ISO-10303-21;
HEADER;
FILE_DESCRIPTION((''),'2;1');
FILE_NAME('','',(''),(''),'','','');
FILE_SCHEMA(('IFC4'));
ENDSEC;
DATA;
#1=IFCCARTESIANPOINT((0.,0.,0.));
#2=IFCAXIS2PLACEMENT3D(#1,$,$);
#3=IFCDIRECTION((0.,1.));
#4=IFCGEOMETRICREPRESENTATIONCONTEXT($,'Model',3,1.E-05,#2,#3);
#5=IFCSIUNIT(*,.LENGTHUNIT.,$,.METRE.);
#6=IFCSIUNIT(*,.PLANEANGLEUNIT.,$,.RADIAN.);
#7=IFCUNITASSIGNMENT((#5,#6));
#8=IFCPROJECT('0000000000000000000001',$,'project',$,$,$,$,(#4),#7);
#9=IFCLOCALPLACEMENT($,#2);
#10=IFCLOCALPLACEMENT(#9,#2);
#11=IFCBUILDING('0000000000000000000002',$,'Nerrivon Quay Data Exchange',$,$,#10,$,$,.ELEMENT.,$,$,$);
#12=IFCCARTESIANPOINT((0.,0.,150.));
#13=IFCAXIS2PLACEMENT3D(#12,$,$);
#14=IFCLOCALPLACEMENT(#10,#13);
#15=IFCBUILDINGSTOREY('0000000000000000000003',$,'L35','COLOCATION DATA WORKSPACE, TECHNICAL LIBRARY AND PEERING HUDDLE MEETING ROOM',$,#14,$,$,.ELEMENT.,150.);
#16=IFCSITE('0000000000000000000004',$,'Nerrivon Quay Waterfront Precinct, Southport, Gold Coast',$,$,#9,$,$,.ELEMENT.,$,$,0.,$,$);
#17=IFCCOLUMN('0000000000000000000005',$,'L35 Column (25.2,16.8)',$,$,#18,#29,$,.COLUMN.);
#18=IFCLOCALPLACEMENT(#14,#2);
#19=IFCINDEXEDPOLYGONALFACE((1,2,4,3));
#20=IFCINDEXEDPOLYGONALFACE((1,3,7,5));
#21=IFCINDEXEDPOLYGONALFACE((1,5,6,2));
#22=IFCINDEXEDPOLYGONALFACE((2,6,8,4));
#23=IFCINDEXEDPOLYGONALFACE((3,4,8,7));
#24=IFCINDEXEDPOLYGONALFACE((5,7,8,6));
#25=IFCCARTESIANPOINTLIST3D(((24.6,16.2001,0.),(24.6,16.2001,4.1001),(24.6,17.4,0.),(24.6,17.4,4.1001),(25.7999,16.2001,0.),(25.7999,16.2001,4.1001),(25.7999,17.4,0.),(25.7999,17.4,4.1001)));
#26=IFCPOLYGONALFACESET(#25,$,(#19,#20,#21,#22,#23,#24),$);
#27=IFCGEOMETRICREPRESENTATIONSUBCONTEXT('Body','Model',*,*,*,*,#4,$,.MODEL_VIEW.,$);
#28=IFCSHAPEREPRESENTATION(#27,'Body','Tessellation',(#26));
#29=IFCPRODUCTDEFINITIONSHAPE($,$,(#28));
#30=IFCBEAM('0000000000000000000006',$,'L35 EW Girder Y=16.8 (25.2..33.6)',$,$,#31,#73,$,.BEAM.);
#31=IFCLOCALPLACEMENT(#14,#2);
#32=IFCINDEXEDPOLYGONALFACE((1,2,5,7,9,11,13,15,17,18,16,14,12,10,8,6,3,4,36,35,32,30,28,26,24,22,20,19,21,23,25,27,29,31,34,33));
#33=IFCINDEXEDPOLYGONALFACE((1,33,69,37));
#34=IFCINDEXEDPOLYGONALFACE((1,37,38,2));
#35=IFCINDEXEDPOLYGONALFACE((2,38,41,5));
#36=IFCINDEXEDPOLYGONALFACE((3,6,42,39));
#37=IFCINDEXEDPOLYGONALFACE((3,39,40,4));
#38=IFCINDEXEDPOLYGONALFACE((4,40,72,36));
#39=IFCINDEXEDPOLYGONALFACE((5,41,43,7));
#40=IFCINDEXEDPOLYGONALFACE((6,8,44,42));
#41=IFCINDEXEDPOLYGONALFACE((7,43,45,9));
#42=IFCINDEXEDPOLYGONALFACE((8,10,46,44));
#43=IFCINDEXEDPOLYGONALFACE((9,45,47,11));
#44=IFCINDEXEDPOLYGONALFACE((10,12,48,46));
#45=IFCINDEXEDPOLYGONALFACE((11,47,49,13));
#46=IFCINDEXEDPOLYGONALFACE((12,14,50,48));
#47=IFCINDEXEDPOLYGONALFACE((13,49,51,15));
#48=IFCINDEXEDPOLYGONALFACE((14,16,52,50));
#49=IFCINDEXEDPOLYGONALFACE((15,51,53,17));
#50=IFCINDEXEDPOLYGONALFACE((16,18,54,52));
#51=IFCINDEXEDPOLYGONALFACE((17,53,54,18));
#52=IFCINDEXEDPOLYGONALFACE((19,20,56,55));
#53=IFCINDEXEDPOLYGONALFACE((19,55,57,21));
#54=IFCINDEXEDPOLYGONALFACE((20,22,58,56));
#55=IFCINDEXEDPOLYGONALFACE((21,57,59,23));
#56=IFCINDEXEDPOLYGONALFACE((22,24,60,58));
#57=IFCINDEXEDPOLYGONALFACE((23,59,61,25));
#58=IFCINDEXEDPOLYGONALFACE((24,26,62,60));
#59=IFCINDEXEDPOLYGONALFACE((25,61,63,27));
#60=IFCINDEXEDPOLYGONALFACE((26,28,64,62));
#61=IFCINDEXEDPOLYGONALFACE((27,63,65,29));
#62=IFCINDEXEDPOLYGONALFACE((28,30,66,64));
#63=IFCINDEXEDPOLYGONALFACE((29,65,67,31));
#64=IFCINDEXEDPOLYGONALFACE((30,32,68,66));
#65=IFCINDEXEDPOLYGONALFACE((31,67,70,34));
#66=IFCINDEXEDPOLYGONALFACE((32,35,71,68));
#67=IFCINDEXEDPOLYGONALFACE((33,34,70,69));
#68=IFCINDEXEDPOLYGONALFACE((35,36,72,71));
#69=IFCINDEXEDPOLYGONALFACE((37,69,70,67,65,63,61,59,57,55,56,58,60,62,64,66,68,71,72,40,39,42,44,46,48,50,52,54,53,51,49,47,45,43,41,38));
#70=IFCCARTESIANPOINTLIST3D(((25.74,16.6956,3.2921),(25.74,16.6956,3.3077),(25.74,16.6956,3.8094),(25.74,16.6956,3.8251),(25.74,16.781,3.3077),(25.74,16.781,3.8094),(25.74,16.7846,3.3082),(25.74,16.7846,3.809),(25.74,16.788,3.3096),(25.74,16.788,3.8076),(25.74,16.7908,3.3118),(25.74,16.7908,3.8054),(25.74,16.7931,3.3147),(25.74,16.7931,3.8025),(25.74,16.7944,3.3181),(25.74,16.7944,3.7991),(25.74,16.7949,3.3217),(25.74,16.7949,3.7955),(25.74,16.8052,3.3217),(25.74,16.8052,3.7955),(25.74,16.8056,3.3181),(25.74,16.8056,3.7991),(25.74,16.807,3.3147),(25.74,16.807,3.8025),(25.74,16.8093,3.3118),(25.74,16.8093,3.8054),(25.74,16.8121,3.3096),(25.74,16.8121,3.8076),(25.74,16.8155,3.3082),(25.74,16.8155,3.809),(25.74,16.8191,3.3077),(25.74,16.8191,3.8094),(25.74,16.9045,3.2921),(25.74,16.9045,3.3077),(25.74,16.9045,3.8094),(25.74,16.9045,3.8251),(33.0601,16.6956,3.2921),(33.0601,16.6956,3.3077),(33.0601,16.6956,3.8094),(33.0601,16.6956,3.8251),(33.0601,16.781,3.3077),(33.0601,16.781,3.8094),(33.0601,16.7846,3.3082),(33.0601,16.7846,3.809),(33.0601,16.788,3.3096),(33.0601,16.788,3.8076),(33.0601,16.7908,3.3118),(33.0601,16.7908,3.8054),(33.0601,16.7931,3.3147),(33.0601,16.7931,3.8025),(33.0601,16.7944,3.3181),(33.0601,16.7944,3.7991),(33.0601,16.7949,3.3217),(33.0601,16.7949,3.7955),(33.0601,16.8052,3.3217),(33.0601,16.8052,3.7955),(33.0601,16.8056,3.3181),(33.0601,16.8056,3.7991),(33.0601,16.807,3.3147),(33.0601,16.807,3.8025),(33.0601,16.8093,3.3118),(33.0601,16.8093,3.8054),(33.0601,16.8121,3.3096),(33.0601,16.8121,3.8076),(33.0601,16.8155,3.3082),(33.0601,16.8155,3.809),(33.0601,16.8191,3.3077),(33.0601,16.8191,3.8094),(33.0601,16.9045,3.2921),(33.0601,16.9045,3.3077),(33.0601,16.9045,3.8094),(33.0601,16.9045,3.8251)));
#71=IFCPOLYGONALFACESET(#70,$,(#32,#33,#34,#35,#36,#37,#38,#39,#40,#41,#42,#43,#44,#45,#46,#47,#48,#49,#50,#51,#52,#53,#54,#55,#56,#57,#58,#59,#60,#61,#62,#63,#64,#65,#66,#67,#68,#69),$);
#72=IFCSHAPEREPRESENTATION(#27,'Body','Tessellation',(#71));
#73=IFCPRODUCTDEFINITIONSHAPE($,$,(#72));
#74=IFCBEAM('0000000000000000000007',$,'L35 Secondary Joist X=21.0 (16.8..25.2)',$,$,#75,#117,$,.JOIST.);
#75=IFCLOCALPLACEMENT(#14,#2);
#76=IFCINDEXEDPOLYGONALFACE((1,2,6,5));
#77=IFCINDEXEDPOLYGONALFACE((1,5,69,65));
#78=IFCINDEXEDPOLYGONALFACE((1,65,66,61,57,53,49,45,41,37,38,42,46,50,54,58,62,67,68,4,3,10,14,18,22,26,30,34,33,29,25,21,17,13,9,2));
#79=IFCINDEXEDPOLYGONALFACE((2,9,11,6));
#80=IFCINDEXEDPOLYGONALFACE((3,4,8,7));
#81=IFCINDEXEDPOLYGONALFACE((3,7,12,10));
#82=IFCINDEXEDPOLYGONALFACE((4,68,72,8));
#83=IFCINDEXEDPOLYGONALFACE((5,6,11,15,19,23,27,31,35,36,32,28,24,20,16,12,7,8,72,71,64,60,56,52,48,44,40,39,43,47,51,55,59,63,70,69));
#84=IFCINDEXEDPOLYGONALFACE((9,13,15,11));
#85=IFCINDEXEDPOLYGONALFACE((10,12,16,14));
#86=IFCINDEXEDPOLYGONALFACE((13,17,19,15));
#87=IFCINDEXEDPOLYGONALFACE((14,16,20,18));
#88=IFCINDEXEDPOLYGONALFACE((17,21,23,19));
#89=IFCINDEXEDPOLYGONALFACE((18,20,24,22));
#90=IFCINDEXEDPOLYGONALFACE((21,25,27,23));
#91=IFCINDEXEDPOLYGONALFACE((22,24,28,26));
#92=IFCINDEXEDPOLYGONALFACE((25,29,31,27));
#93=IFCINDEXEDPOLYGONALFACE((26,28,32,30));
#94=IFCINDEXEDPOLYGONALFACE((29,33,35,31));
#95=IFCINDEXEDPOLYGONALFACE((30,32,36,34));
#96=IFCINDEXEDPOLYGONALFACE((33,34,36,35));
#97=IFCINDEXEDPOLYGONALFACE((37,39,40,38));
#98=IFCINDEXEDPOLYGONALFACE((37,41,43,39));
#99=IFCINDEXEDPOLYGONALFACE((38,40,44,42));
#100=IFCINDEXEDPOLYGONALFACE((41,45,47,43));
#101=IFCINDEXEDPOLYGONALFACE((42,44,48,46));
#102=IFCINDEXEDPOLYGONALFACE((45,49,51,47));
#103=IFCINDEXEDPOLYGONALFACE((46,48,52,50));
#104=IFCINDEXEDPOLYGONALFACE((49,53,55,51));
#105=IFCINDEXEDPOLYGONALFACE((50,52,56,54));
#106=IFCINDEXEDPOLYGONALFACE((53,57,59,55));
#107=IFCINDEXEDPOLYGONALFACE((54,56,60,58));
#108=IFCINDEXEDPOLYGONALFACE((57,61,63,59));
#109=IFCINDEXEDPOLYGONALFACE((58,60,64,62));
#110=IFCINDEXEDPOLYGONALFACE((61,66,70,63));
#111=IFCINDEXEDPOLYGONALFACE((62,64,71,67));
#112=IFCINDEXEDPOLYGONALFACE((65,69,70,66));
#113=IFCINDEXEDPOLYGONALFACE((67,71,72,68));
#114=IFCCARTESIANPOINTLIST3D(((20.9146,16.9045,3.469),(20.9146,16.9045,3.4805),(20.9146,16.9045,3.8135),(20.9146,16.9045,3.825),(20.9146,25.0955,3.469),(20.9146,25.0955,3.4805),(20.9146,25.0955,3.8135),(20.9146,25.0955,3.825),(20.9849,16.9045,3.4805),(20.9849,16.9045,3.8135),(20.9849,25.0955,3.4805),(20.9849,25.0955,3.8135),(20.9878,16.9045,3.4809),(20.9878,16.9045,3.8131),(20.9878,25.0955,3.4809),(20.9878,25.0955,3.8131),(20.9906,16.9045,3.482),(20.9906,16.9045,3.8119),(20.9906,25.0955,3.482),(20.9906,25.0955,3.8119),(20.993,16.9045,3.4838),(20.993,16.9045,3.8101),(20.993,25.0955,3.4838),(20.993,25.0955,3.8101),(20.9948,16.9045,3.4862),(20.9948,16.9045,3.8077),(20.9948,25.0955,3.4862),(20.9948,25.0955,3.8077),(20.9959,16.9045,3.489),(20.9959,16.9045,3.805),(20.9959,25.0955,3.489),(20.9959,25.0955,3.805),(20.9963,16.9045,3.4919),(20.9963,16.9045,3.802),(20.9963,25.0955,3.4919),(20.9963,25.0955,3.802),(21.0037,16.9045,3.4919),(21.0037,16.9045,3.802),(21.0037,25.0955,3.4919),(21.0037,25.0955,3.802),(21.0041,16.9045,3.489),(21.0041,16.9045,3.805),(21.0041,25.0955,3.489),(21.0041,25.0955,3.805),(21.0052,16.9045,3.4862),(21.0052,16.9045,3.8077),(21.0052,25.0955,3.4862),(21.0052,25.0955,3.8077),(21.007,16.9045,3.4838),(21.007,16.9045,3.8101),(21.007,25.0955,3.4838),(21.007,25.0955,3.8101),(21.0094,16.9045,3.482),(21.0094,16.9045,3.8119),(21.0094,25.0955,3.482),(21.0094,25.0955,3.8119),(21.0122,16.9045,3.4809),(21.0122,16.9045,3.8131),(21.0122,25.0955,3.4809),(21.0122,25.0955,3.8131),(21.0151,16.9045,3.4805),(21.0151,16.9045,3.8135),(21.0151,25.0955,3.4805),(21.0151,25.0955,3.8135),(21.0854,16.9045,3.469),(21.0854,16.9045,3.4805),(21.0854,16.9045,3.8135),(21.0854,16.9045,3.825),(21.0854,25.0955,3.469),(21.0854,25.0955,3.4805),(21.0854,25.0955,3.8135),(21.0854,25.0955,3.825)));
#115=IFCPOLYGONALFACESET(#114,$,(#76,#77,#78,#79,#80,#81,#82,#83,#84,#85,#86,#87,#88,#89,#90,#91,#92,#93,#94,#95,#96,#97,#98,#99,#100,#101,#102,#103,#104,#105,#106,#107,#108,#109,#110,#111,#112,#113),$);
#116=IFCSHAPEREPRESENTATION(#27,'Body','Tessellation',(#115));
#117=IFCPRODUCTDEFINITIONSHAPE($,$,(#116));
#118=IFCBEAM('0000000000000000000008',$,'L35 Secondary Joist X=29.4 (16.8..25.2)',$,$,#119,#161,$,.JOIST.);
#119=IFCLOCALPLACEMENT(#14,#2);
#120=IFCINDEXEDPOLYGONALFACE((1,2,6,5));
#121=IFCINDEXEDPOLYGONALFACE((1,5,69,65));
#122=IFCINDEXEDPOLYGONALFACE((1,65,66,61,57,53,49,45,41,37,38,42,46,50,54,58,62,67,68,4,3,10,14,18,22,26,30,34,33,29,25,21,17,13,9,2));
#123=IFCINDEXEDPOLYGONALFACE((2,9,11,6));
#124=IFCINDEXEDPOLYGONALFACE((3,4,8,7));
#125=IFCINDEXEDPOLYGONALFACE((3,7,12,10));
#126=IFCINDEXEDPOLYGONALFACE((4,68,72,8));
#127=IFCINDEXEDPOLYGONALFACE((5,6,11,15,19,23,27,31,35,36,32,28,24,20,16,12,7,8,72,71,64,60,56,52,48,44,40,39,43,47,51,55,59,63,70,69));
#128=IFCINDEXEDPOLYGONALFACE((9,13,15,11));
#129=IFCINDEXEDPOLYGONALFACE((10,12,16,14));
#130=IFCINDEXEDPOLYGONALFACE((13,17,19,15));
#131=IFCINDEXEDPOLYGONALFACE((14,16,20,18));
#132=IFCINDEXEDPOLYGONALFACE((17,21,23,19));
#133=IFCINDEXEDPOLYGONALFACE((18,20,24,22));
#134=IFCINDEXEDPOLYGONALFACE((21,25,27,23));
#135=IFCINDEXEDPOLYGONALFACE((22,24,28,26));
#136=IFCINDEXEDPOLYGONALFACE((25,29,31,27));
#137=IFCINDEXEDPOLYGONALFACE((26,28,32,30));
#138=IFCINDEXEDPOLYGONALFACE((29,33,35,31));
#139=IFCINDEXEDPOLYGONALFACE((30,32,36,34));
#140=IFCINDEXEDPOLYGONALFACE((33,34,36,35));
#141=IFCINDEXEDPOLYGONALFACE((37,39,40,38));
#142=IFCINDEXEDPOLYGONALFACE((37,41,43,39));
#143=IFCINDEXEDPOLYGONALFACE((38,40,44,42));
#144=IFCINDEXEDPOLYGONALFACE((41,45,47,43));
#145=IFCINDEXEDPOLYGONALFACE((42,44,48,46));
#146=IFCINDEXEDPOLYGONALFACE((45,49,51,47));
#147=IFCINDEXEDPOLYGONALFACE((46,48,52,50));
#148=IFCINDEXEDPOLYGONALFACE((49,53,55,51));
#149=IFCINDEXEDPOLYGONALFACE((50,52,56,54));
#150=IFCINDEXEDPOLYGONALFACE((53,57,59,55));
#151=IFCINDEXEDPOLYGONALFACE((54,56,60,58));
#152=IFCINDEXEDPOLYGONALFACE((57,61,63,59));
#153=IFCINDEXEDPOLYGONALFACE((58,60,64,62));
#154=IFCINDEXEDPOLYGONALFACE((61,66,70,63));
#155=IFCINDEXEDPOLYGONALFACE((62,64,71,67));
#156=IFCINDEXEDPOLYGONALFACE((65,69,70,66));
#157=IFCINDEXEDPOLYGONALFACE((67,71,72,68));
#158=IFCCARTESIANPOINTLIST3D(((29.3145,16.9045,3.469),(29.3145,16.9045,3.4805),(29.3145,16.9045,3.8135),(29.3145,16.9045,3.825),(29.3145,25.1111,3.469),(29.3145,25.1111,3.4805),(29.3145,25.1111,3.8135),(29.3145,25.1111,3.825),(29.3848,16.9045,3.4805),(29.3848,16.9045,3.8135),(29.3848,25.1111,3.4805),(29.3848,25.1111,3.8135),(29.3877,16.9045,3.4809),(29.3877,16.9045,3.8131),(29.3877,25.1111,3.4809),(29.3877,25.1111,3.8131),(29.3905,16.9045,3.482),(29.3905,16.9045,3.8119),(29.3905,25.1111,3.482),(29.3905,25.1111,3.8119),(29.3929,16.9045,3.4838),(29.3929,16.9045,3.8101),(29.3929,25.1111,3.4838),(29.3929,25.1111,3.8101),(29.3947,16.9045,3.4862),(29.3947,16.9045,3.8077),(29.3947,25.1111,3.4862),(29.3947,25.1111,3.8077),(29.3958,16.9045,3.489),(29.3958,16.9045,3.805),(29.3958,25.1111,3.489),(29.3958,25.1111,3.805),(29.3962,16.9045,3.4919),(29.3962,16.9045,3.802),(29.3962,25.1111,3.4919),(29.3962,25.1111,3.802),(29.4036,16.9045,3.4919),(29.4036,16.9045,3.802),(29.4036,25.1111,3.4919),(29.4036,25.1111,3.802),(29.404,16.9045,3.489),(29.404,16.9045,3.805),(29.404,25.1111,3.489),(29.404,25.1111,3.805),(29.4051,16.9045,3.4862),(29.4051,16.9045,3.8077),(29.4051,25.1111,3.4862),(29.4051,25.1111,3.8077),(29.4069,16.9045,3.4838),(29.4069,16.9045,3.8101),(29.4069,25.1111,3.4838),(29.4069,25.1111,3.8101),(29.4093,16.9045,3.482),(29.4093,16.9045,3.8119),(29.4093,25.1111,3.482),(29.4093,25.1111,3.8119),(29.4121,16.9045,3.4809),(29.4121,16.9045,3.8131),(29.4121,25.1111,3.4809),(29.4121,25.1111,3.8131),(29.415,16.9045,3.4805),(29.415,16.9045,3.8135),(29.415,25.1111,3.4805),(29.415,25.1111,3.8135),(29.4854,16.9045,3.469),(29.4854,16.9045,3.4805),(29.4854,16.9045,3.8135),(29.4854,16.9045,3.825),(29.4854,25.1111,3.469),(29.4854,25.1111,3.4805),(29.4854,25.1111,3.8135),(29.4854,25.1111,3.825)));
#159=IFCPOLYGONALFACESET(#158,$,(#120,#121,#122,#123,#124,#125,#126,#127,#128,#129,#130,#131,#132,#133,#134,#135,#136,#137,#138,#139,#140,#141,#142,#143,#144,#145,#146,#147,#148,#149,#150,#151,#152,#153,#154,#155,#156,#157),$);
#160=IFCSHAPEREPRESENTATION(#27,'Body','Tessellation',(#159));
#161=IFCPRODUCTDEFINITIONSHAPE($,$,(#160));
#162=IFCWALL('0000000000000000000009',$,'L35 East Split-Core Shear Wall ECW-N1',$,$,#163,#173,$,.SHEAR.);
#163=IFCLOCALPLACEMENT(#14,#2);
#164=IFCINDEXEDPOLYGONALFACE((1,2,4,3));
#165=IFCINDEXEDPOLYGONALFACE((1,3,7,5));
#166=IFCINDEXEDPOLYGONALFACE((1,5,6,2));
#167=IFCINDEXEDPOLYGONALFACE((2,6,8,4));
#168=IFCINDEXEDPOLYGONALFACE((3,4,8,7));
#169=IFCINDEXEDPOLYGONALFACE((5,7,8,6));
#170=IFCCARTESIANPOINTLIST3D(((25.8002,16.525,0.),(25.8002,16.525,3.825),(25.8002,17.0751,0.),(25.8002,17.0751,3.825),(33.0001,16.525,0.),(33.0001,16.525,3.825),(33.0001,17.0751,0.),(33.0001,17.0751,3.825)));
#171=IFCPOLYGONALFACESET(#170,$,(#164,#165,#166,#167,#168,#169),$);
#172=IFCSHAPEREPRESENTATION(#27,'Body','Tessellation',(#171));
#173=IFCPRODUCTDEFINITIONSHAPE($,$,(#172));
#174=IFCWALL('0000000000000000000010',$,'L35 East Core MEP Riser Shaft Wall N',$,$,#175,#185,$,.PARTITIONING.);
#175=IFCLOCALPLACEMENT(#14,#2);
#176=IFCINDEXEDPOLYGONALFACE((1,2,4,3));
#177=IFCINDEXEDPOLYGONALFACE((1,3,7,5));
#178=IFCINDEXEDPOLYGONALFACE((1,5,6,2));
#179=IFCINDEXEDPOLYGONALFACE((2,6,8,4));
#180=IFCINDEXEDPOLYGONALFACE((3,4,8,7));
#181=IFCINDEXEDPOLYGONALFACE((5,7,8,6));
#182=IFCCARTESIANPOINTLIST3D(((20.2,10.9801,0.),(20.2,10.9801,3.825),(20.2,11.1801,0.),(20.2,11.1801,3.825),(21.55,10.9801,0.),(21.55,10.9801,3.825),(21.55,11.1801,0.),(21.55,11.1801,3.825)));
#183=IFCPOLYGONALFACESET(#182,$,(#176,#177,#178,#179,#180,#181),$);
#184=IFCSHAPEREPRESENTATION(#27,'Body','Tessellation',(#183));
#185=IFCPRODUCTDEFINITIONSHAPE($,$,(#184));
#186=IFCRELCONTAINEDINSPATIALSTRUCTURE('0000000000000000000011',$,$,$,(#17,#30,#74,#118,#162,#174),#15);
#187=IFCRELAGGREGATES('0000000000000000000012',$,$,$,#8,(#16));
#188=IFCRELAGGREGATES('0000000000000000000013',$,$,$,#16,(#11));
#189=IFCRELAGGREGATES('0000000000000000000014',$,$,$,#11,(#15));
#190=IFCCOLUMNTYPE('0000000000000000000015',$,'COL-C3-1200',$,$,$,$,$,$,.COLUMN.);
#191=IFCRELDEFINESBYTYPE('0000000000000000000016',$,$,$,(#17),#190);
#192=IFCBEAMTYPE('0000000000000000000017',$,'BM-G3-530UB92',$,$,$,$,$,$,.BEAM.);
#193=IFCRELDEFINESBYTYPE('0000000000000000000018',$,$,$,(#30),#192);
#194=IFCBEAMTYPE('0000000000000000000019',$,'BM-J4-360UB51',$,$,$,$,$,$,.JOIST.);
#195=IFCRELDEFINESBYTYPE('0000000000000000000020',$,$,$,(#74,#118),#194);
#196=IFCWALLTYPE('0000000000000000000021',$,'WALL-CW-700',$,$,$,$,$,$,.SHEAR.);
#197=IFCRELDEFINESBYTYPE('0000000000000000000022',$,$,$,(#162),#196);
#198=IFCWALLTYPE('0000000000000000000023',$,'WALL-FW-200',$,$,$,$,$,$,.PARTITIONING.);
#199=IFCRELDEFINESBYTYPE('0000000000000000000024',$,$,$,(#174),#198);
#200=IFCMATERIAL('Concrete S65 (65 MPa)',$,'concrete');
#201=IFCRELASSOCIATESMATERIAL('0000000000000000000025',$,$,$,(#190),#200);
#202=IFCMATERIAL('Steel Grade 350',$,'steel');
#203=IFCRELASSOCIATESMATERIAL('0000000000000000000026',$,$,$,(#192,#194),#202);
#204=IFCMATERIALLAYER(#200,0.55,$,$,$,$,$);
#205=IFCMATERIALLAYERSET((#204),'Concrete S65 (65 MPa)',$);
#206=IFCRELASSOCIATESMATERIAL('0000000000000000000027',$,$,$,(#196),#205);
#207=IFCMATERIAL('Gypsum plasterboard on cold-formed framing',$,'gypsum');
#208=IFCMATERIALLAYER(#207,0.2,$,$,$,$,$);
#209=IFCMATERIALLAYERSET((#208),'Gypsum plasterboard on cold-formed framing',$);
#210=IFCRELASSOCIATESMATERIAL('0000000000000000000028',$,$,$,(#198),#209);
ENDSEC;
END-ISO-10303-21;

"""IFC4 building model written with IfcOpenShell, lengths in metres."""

from ifc_helpers import new_model, si_unit, direction, frame, frame_2d, origin, origin_2d, place, context, subcontext, project, spatial, rectangle, i_section, extrude, material, layer, layer_set, material_profile, profile_set, type_object, element, save


model = new_model("IFC4")

# Units and contexts
model_context = context("Model", 3, precision=1e-05, world=origin(), true_north=direction((0.0, 1.0)))
body_context = subcontext(model_context, "Body", "Model", "MODEL_VIEW")
ifc_project = project(units=[si_unit("LENGTHUNIT", "METRE"), si_unit("PLANEANGLEUNIT", "RADIAN")], contexts=[model_context])

# Site, building, storey
site_placement = place(None, origin())
site = spatial("IfcSite", under=ifc_project, at=site_placement, Name="Nerrivon Quay Waterfront Precinct, Southport, Gold Coast", CompositionType="ELEMENT", RefElevation=0.0)
building_placement = place(site_placement, origin())
building = spatial("IfcBuilding", under=site, at=building_placement, Name="Nerrivon Quay Data Exchange", CompositionType="ELEMENT")
storey_placement = place(building_placement, frame((0.0, 0.0, 150.0)))
storey = spatial("IfcBuildingStorey", under=building, at=storey_placement, Name="L35", Description="COLOCATION DATA WORKSPACE, TECHNICAL LIBRARY AND PEERING HUDDLE MEETING ROOM", CompositionType="ELEMENT", Elevation=150.0)

# Column
ifc_material_1 = material(Name="Concrete S65 (65 MPa)", Category="concrete")
ifc_material_profile_1 = material_profile(ifc_material_1, rectangle(XDim=1.2, YDim=1.2, at=origin_2d()), Name="RC-COL-1200x1200")
ifc_profile_set_1 = profile_set([ifc_material_profile_1], Name="Concrete S65 (65 MPa)")
column_type = type_object("IfcColumnType", Name="COL-C3-1200", PredefinedType="COLUMN", material=ifc_profile_set_1)
column_placement = place(storey_placement, frame((25.2, 16.8, 0.0), z_axis=(0.0, 0.0, 1.0), x_axis=(1.0, 0.0, 0.0)))
element("IfcColumn", 1, at=column_placement, inside=storey, type_object=column_type, Name="L35 Column (25.2,16.8)", PredefinedType="COLUMN", context=body_context, shape_type="SweptSolid", body=[
    extrude(rectangle(XDim=1.2, YDim=1.2, at=origin_2d()), origin(), (0.0, 0.0, 1.0), 4.1001),
])

# Beams
ifc_material_2 = material(Name="Steel Grade 350", Category="steel")
ifc_material_profile_2 = material_profile(ifc_material_2, i_section(OverallWidth=0.209, OverallDepth=0.533, WebThickness=0.0103, FlangeThickness=0.0156, FilletRadius=0.0139, at=origin_2d()), Name="530UB92.4")
ifc_profile_set_2 = profile_set([ifc_material_profile_2], Name="Steel Grade 350")
beam_type_1 = type_object("IfcBeamType", Name="BM-G3-530UB92", PredefinedType="BEAM", material=ifc_profile_set_2)
beam_1_placement = place(storey_placement, frame((25.74, 16.8, 3.5586), z_axis=(1.0, 0.0, 0.0), x_axis=(0.0, 1.0, 0.0)))
element("IfcBeam", 2, at=beam_1_placement, inside=storey, type_object=beam_type_1, Name="L35 EW Girder Y=16.8 (25.2..33.6)", PredefinedType="BEAM", context=body_context, shape_type="SweptSolid", body=[
    extrude(i_section(OverallWidth=0.209, OverallDepth=0.533, WebThickness=0.0103, FlangeThickness=0.0156, FilletRadius=0.0139, at=origin_2d()), origin(), (0.0, 0.0, 1.0), 7.3201),
])
ifc_material_profile_3 = material_profile(ifc_material_2, i_section(OverallWidth=0.1709, OverallDepth=0.356, WebThickness=0.0073, FlangeThickness=0.0115, FilletRadius=0.0115, at=origin_2d()), Name="360UB50.7")
ifc_profile_set_3 = profile_set([ifc_material_profile_3], Name="Steel Grade 350")
beam_type_2 = type_object("IfcBeamType", Name="BM-J4-360UB51", PredefinedType="JOIST", material=ifc_profile_set_3)
beam_2_placement = place(storey_placement, frame((21.0, 16.9045, 3.647), z_axis=(0.0, 1.0, 0.0), x_axis=(-1.0, 0.0, 0.0)))
element("IfcBeam", 3, at=beam_2_placement, inside=storey, type_object=beam_type_2, Name="L35 Secondary Joist X=21.0 (16.8..25.2)", PredefinedType="JOIST", context=body_context, shape_type="SweptSolid", body=[
    extrude(i_section(OverallWidth=0.1709, OverallDepth=0.356, WebThickness=0.0073, FlangeThickness=0.0115, FilletRadius=0.0115, at=origin_2d()), origin(), (0.0, 0.0, 1.0), 8.1909),
])
beam_3_placement = place(storey_placement, frame((29.3999, 16.9045, 3.647), z_axis=(0.0, 1.0, 0.0), x_axis=(-1.0, 0.0, 0.0)))
element("IfcBeam", 4, at=beam_3_placement, inside=storey, type_object=beam_type_2, Name="L35 Secondary Joist X=29.4 (16.8..25.2)", PredefinedType="JOIST", context=body_context, shape_type="SweptSolid", body=[
    extrude(i_section(OverallWidth=0.1709, OverallDepth=0.356, WebThickness=0.0073, FlangeThickness=0.0115, FilletRadius=0.0115, at=origin_2d()), origin(), (0.0, 0.0, 1.0), 8.2065),
])

# Walls
ifc_layer_1 = layer(ifc_material_1, 0.55)
ifc_layer_set_1 = layer_set([ifc_layer_1], Name="Concrete S65 (65 MPa)")
wall_type_1 = type_object("IfcWallType", Name="WALL-CW-700", PredefinedType="SHEAR", material=ifc_layer_set_1)
wall_1_placement = place(storey_placement, frame((25.8, 16.8, 0.0), z_axis=(0.0, 0.0, 1.0), x_axis=(1.0, 0.0, 0.0)))
element("IfcWall", 5, at=wall_1_placement, inside=storey, type_object=wall_type_1, Name="L35 East Split-Core Shear Wall ECW-N1", PredefinedType="SHEAR", context=body_context, shape_type="SweptSolid", body=[
    extrude(rectangle(XDim=7.2, YDim=0.55, at=frame_2d((3.6001, 0.0))), origin(), (0.0, 0.0, 1.0), 3.825),
])
ifc_material_3 = material(Name="Gypsum plasterboard on cold-formed framing", Category="gypsum")
ifc_layer_2 = layer(ifc_material_3, 0.2)
ifc_layer_set_2 = layer_set([ifc_layer_2], Name="Gypsum plasterboard on cold-formed framing")
wall_type_2 = type_object("IfcWallType", Name="WALL-FW-200", PredefinedType="PARTITIONING", material=ifc_layer_set_2)
wall_2_placement = place(storey_placement, frame((20.2, 11.0801, 0.0), z_axis=(0.0, 0.0, 1.0), x_axis=(1.0, 0.0, 0.0)))
element("IfcWall", 6, at=wall_2_placement, inside=storey, type_object=wall_type_2, Name="L35 East Core MEP Riser Shaft Wall N", PredefinedType="PARTITIONING", context=body_context, shape_type="SweptSolid", body=[
    extrude(rectangle(XDim=1.3501, YDim=0.2, at=frame_2d((0.675, 0.0))), origin(), (0.0, 0.0, 1.0), 3.825),
])

save(model, "model.ifc")
